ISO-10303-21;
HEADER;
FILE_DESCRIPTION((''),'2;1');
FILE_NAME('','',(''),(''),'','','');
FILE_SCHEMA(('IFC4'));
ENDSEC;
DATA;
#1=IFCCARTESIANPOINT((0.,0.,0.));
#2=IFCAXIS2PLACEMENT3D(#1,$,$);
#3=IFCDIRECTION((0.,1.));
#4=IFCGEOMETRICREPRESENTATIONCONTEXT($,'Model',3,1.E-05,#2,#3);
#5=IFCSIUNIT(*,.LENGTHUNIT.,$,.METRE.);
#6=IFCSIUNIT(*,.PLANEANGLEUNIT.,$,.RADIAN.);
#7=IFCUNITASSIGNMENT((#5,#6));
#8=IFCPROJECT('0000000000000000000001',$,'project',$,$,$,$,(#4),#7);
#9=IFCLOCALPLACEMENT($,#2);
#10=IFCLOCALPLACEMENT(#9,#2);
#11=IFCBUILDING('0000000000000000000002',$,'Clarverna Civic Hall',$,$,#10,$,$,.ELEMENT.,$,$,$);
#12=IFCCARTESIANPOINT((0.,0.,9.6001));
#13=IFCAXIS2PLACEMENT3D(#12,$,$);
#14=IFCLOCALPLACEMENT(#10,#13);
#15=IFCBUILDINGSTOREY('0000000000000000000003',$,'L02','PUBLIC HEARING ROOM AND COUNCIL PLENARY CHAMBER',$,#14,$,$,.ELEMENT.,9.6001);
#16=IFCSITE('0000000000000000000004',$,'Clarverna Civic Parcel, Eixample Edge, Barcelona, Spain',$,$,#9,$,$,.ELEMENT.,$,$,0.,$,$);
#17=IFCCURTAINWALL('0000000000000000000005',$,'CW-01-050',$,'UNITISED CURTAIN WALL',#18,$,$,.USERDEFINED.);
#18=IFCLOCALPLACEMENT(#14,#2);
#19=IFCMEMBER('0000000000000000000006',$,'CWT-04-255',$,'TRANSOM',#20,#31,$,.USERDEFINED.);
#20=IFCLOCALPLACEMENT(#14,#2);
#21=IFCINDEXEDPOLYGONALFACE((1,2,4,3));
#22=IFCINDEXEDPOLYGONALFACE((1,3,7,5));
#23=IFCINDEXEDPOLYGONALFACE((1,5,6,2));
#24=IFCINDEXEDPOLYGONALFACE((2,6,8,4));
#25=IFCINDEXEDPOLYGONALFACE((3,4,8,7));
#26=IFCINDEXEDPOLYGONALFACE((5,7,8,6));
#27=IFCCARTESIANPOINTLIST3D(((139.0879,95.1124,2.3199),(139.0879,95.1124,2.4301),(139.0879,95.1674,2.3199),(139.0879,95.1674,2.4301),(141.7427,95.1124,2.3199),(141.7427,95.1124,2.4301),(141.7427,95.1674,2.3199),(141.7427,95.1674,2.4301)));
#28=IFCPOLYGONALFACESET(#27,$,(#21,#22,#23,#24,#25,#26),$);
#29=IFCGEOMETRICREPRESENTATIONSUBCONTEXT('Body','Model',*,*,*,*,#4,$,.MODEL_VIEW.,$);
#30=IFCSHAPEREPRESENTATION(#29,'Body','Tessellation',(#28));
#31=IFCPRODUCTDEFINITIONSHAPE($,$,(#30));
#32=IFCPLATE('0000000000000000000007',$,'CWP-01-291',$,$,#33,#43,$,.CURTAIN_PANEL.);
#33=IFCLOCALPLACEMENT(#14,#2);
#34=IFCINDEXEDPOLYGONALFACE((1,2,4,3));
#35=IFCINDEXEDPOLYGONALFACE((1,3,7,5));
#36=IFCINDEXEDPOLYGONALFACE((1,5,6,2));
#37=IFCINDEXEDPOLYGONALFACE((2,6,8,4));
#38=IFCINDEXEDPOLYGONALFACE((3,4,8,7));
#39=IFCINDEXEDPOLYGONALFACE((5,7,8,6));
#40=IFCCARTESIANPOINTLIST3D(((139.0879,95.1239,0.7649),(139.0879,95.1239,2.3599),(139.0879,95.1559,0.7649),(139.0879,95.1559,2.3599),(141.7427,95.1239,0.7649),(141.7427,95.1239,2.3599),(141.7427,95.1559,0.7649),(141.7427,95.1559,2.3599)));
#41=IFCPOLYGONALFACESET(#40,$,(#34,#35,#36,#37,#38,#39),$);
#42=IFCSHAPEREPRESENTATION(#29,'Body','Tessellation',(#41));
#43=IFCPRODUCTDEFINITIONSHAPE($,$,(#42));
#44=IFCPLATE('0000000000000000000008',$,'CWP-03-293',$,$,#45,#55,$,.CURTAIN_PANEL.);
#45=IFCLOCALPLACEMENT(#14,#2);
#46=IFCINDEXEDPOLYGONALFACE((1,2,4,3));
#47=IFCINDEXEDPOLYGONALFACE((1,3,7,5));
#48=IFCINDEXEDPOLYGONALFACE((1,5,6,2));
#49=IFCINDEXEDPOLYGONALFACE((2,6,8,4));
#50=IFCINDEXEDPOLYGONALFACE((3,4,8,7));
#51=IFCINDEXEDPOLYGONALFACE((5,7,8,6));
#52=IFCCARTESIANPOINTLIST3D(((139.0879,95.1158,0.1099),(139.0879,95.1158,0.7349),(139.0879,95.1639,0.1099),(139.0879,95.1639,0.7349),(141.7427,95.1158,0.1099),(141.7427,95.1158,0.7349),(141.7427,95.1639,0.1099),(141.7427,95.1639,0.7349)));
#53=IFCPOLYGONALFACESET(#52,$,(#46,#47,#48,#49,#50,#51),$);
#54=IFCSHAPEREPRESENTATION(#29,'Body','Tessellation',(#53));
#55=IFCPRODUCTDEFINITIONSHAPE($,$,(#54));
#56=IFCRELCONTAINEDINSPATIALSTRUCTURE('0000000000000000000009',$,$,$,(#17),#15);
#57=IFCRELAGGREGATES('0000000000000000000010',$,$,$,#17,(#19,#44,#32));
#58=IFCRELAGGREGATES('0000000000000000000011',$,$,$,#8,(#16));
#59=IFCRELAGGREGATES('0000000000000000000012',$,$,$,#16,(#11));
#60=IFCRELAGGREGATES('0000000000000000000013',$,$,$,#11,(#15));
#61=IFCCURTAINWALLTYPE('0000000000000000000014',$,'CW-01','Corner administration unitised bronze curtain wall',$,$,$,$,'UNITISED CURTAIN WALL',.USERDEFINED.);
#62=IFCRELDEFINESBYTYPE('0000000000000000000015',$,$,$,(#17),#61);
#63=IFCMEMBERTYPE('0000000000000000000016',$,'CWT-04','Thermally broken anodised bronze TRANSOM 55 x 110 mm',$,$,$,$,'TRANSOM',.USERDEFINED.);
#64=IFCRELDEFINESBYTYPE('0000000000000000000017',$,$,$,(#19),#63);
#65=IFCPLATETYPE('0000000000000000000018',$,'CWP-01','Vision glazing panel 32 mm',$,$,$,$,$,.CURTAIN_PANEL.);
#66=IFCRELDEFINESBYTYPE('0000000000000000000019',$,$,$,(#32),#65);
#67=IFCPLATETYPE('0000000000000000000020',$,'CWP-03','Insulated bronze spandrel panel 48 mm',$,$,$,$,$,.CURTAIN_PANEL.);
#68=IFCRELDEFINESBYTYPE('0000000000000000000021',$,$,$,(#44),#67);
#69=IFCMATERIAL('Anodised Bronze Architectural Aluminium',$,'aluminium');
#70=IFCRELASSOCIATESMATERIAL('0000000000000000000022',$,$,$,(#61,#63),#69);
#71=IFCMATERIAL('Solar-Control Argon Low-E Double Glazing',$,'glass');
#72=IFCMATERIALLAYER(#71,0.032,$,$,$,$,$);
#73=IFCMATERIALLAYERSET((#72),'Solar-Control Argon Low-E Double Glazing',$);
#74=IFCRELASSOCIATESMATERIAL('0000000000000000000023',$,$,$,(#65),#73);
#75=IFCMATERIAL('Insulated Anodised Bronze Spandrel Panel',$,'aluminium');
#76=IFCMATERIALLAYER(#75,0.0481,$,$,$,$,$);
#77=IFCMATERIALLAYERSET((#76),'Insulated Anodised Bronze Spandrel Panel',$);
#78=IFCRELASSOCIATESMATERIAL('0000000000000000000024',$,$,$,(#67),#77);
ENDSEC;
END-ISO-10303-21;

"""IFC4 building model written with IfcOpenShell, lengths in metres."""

from ifc_helpers import new_model, si_unit, direction, frame, frame_2d, origin, origin_2d, place, context, subcontext, project, spatial, rectangle, extrude, material, layer, layer_set, material_profile, profile_set, type_object, element, aggregate, save


model = new_model("IFC4")

# Units and contexts
model_context = context("Model", 3, precision=1e-05, world=origin(), true_north=direction((0.0, 1.0)))
body_context = subcontext(model_context, "Body", "Model", "MODEL_VIEW")
ifc_project = project(units=[si_unit("LENGTHUNIT", "METRE"), si_unit("PLANEANGLEUNIT", "RADIAN")], contexts=[model_context])

# Site, building, storey
site_placement = place(None, origin())
site = spatial("IfcSite", under=ifc_project, at=site_placement, Name="Clarverna Civic Parcel, Eixample Edge, Barcelona, Spain", CompositionType="ELEMENT", RefElevation=0.0)
building_placement = place(site_placement, origin())
building = spatial("IfcBuilding", under=site, at=building_placement, Name="Clarverna Civic Hall", CompositionType="ELEMENT")
storey_placement = place(building_placement, frame((0.0, 0.0, 9.6001)))
storey = spatial("IfcBuildingStorey", under=building, at=storey_placement, Name="L02", Description="PUBLIC HEARING ROOM AND COUNCIL PLENARY CHAMBER", CompositionType="ELEMENT", Elevation=9.6001)

# Curtain wall, member, plates
ifc_material_1 = material(Name="Anodised Bronze Architectural Aluminium", Category="aluminium")
curtain_wall_type = type_object("IfcCurtainWallType", Name="CW-01", Description="Corner administration unitised bronze curtain wall", ElementType="UNITISED CURTAIN WALL", PredefinedType="USERDEFINED", material=ifc_material_1)
curtain_wall_placement = place(storey_placement, origin())
curtain_wall = element("IfcCurtainWall", 1, at=curtain_wall_placement, inside=storey, type_object=curtain_wall_type, Name="CW-01-050", ObjectType="UNITISED CURTAIN WALL", PredefinedType="USERDEFINED")
ifc_material_profile_1 = material_profile(ifc_material_1, rectangle(XDim=0.0549, YDim=0.1101, at=origin_2d()), Name="BRONZE 55x110")
ifc_profile_set_1 = profile_set([ifc_material_profile_1], Name="Anodised Bronze Architectural Aluminium")
member_type_1 = type_object("IfcMemberType", Name="CWT-04", Description="Thermally broken anodised bronze TRANSOM 55 x 110 mm", ElementType="TRANSOM", PredefinedType="USERDEFINED", material=ifc_profile_set_1)
member_1_placement = place(storey_placement, frame((141.7427, 95.1399, 2.375), z_axis=(-1.0, 0.0, 0.0), x_axis=(0.0, -1.0, 0.0)))
member_1 = element("IfcMember", 2, at=member_1_placement, type_object=member_type_1, Name="CWT-04-255", ObjectType="TRANSOM", PredefinedType="USERDEFINED", context=body_context, shape_type="SweptSolid", body=[
    extrude(rectangle(XDim=0.0549, YDim=0.1101, at=origin_2d()), origin(), (0.0, 0.0, 1.0), 2.6548),
])
ifc_material_2 = material(Name="Solar-Control Argon Low-E Double Glazing", Category="glass")
ifc_layer_1 = layer(ifc_material_2, 0.032)
ifc_layer_set_1 = layer_set([ifc_layer_1], Name="Solar-Control Argon Low-E Double Glazing")
plate_type_1 = type_object("IfcPlateType", Name="CWP-01", Description="Vision glazing panel 32 mm", PredefinedType="CURTAIN_PANEL", material=ifc_layer_set_1)
plate_1_placement = place(storey_placement, frame((141.7427, 95.1399, 0.7649), z_axis=(0.0, 0.0, 1.0), x_axis=(-1.0, 0.0, 0.0)))
plate_1 = element("IfcPlate", 3, at=plate_1_placement, type_object=plate_type_1, Name="CWP-01-291", PredefinedType="CURTAIN_PANEL", context=body_context, shape_type="SweptSolid", body=[
    extrude(rectangle(XDim=2.6548, YDim=0.032, at=frame_2d((1.3274, 0.0))), origin(), (0.0, 0.0, 1.0), 1.595),
])
ifc_material_3 = material(Name="Insulated Anodised Bronze Spandrel Panel", Category="aluminium")
ifc_layer_2 = layer(ifc_material_3, 0.0481)
ifc_layer_set_2 = layer_set([ifc_layer_2], Name="Insulated Anodised Bronze Spandrel Panel")
plate_type_2 = type_object("IfcPlateType", Name="CWP-03", Description="Insulated bronze spandrel panel 48 mm", PredefinedType="CURTAIN_PANEL", material=ifc_layer_set_2)
plate_2_placement = place(storey_placement, frame((141.7427, 95.1399, 0.1099), z_axis=(0.0, 0.0, 1.0), x_axis=(-1.0, 0.0, 0.0)))
plate_2 = element("IfcPlate", 4, at=plate_2_placement, type_object=plate_type_2, Name="CWP-03-293", PredefinedType="CURTAIN_PANEL", context=body_context, shape_type="SweptSolid", body=[
    extrude(rectangle(XDim=2.6548, YDim=0.0481, at=frame_2d((1.3274, 0.0))), origin(), (0.0, 0.0, 1.0), 0.625),
])
aggregate(curtain_wall, [member_1, plate_2, plate_1])

save(model, "model.ifc")
